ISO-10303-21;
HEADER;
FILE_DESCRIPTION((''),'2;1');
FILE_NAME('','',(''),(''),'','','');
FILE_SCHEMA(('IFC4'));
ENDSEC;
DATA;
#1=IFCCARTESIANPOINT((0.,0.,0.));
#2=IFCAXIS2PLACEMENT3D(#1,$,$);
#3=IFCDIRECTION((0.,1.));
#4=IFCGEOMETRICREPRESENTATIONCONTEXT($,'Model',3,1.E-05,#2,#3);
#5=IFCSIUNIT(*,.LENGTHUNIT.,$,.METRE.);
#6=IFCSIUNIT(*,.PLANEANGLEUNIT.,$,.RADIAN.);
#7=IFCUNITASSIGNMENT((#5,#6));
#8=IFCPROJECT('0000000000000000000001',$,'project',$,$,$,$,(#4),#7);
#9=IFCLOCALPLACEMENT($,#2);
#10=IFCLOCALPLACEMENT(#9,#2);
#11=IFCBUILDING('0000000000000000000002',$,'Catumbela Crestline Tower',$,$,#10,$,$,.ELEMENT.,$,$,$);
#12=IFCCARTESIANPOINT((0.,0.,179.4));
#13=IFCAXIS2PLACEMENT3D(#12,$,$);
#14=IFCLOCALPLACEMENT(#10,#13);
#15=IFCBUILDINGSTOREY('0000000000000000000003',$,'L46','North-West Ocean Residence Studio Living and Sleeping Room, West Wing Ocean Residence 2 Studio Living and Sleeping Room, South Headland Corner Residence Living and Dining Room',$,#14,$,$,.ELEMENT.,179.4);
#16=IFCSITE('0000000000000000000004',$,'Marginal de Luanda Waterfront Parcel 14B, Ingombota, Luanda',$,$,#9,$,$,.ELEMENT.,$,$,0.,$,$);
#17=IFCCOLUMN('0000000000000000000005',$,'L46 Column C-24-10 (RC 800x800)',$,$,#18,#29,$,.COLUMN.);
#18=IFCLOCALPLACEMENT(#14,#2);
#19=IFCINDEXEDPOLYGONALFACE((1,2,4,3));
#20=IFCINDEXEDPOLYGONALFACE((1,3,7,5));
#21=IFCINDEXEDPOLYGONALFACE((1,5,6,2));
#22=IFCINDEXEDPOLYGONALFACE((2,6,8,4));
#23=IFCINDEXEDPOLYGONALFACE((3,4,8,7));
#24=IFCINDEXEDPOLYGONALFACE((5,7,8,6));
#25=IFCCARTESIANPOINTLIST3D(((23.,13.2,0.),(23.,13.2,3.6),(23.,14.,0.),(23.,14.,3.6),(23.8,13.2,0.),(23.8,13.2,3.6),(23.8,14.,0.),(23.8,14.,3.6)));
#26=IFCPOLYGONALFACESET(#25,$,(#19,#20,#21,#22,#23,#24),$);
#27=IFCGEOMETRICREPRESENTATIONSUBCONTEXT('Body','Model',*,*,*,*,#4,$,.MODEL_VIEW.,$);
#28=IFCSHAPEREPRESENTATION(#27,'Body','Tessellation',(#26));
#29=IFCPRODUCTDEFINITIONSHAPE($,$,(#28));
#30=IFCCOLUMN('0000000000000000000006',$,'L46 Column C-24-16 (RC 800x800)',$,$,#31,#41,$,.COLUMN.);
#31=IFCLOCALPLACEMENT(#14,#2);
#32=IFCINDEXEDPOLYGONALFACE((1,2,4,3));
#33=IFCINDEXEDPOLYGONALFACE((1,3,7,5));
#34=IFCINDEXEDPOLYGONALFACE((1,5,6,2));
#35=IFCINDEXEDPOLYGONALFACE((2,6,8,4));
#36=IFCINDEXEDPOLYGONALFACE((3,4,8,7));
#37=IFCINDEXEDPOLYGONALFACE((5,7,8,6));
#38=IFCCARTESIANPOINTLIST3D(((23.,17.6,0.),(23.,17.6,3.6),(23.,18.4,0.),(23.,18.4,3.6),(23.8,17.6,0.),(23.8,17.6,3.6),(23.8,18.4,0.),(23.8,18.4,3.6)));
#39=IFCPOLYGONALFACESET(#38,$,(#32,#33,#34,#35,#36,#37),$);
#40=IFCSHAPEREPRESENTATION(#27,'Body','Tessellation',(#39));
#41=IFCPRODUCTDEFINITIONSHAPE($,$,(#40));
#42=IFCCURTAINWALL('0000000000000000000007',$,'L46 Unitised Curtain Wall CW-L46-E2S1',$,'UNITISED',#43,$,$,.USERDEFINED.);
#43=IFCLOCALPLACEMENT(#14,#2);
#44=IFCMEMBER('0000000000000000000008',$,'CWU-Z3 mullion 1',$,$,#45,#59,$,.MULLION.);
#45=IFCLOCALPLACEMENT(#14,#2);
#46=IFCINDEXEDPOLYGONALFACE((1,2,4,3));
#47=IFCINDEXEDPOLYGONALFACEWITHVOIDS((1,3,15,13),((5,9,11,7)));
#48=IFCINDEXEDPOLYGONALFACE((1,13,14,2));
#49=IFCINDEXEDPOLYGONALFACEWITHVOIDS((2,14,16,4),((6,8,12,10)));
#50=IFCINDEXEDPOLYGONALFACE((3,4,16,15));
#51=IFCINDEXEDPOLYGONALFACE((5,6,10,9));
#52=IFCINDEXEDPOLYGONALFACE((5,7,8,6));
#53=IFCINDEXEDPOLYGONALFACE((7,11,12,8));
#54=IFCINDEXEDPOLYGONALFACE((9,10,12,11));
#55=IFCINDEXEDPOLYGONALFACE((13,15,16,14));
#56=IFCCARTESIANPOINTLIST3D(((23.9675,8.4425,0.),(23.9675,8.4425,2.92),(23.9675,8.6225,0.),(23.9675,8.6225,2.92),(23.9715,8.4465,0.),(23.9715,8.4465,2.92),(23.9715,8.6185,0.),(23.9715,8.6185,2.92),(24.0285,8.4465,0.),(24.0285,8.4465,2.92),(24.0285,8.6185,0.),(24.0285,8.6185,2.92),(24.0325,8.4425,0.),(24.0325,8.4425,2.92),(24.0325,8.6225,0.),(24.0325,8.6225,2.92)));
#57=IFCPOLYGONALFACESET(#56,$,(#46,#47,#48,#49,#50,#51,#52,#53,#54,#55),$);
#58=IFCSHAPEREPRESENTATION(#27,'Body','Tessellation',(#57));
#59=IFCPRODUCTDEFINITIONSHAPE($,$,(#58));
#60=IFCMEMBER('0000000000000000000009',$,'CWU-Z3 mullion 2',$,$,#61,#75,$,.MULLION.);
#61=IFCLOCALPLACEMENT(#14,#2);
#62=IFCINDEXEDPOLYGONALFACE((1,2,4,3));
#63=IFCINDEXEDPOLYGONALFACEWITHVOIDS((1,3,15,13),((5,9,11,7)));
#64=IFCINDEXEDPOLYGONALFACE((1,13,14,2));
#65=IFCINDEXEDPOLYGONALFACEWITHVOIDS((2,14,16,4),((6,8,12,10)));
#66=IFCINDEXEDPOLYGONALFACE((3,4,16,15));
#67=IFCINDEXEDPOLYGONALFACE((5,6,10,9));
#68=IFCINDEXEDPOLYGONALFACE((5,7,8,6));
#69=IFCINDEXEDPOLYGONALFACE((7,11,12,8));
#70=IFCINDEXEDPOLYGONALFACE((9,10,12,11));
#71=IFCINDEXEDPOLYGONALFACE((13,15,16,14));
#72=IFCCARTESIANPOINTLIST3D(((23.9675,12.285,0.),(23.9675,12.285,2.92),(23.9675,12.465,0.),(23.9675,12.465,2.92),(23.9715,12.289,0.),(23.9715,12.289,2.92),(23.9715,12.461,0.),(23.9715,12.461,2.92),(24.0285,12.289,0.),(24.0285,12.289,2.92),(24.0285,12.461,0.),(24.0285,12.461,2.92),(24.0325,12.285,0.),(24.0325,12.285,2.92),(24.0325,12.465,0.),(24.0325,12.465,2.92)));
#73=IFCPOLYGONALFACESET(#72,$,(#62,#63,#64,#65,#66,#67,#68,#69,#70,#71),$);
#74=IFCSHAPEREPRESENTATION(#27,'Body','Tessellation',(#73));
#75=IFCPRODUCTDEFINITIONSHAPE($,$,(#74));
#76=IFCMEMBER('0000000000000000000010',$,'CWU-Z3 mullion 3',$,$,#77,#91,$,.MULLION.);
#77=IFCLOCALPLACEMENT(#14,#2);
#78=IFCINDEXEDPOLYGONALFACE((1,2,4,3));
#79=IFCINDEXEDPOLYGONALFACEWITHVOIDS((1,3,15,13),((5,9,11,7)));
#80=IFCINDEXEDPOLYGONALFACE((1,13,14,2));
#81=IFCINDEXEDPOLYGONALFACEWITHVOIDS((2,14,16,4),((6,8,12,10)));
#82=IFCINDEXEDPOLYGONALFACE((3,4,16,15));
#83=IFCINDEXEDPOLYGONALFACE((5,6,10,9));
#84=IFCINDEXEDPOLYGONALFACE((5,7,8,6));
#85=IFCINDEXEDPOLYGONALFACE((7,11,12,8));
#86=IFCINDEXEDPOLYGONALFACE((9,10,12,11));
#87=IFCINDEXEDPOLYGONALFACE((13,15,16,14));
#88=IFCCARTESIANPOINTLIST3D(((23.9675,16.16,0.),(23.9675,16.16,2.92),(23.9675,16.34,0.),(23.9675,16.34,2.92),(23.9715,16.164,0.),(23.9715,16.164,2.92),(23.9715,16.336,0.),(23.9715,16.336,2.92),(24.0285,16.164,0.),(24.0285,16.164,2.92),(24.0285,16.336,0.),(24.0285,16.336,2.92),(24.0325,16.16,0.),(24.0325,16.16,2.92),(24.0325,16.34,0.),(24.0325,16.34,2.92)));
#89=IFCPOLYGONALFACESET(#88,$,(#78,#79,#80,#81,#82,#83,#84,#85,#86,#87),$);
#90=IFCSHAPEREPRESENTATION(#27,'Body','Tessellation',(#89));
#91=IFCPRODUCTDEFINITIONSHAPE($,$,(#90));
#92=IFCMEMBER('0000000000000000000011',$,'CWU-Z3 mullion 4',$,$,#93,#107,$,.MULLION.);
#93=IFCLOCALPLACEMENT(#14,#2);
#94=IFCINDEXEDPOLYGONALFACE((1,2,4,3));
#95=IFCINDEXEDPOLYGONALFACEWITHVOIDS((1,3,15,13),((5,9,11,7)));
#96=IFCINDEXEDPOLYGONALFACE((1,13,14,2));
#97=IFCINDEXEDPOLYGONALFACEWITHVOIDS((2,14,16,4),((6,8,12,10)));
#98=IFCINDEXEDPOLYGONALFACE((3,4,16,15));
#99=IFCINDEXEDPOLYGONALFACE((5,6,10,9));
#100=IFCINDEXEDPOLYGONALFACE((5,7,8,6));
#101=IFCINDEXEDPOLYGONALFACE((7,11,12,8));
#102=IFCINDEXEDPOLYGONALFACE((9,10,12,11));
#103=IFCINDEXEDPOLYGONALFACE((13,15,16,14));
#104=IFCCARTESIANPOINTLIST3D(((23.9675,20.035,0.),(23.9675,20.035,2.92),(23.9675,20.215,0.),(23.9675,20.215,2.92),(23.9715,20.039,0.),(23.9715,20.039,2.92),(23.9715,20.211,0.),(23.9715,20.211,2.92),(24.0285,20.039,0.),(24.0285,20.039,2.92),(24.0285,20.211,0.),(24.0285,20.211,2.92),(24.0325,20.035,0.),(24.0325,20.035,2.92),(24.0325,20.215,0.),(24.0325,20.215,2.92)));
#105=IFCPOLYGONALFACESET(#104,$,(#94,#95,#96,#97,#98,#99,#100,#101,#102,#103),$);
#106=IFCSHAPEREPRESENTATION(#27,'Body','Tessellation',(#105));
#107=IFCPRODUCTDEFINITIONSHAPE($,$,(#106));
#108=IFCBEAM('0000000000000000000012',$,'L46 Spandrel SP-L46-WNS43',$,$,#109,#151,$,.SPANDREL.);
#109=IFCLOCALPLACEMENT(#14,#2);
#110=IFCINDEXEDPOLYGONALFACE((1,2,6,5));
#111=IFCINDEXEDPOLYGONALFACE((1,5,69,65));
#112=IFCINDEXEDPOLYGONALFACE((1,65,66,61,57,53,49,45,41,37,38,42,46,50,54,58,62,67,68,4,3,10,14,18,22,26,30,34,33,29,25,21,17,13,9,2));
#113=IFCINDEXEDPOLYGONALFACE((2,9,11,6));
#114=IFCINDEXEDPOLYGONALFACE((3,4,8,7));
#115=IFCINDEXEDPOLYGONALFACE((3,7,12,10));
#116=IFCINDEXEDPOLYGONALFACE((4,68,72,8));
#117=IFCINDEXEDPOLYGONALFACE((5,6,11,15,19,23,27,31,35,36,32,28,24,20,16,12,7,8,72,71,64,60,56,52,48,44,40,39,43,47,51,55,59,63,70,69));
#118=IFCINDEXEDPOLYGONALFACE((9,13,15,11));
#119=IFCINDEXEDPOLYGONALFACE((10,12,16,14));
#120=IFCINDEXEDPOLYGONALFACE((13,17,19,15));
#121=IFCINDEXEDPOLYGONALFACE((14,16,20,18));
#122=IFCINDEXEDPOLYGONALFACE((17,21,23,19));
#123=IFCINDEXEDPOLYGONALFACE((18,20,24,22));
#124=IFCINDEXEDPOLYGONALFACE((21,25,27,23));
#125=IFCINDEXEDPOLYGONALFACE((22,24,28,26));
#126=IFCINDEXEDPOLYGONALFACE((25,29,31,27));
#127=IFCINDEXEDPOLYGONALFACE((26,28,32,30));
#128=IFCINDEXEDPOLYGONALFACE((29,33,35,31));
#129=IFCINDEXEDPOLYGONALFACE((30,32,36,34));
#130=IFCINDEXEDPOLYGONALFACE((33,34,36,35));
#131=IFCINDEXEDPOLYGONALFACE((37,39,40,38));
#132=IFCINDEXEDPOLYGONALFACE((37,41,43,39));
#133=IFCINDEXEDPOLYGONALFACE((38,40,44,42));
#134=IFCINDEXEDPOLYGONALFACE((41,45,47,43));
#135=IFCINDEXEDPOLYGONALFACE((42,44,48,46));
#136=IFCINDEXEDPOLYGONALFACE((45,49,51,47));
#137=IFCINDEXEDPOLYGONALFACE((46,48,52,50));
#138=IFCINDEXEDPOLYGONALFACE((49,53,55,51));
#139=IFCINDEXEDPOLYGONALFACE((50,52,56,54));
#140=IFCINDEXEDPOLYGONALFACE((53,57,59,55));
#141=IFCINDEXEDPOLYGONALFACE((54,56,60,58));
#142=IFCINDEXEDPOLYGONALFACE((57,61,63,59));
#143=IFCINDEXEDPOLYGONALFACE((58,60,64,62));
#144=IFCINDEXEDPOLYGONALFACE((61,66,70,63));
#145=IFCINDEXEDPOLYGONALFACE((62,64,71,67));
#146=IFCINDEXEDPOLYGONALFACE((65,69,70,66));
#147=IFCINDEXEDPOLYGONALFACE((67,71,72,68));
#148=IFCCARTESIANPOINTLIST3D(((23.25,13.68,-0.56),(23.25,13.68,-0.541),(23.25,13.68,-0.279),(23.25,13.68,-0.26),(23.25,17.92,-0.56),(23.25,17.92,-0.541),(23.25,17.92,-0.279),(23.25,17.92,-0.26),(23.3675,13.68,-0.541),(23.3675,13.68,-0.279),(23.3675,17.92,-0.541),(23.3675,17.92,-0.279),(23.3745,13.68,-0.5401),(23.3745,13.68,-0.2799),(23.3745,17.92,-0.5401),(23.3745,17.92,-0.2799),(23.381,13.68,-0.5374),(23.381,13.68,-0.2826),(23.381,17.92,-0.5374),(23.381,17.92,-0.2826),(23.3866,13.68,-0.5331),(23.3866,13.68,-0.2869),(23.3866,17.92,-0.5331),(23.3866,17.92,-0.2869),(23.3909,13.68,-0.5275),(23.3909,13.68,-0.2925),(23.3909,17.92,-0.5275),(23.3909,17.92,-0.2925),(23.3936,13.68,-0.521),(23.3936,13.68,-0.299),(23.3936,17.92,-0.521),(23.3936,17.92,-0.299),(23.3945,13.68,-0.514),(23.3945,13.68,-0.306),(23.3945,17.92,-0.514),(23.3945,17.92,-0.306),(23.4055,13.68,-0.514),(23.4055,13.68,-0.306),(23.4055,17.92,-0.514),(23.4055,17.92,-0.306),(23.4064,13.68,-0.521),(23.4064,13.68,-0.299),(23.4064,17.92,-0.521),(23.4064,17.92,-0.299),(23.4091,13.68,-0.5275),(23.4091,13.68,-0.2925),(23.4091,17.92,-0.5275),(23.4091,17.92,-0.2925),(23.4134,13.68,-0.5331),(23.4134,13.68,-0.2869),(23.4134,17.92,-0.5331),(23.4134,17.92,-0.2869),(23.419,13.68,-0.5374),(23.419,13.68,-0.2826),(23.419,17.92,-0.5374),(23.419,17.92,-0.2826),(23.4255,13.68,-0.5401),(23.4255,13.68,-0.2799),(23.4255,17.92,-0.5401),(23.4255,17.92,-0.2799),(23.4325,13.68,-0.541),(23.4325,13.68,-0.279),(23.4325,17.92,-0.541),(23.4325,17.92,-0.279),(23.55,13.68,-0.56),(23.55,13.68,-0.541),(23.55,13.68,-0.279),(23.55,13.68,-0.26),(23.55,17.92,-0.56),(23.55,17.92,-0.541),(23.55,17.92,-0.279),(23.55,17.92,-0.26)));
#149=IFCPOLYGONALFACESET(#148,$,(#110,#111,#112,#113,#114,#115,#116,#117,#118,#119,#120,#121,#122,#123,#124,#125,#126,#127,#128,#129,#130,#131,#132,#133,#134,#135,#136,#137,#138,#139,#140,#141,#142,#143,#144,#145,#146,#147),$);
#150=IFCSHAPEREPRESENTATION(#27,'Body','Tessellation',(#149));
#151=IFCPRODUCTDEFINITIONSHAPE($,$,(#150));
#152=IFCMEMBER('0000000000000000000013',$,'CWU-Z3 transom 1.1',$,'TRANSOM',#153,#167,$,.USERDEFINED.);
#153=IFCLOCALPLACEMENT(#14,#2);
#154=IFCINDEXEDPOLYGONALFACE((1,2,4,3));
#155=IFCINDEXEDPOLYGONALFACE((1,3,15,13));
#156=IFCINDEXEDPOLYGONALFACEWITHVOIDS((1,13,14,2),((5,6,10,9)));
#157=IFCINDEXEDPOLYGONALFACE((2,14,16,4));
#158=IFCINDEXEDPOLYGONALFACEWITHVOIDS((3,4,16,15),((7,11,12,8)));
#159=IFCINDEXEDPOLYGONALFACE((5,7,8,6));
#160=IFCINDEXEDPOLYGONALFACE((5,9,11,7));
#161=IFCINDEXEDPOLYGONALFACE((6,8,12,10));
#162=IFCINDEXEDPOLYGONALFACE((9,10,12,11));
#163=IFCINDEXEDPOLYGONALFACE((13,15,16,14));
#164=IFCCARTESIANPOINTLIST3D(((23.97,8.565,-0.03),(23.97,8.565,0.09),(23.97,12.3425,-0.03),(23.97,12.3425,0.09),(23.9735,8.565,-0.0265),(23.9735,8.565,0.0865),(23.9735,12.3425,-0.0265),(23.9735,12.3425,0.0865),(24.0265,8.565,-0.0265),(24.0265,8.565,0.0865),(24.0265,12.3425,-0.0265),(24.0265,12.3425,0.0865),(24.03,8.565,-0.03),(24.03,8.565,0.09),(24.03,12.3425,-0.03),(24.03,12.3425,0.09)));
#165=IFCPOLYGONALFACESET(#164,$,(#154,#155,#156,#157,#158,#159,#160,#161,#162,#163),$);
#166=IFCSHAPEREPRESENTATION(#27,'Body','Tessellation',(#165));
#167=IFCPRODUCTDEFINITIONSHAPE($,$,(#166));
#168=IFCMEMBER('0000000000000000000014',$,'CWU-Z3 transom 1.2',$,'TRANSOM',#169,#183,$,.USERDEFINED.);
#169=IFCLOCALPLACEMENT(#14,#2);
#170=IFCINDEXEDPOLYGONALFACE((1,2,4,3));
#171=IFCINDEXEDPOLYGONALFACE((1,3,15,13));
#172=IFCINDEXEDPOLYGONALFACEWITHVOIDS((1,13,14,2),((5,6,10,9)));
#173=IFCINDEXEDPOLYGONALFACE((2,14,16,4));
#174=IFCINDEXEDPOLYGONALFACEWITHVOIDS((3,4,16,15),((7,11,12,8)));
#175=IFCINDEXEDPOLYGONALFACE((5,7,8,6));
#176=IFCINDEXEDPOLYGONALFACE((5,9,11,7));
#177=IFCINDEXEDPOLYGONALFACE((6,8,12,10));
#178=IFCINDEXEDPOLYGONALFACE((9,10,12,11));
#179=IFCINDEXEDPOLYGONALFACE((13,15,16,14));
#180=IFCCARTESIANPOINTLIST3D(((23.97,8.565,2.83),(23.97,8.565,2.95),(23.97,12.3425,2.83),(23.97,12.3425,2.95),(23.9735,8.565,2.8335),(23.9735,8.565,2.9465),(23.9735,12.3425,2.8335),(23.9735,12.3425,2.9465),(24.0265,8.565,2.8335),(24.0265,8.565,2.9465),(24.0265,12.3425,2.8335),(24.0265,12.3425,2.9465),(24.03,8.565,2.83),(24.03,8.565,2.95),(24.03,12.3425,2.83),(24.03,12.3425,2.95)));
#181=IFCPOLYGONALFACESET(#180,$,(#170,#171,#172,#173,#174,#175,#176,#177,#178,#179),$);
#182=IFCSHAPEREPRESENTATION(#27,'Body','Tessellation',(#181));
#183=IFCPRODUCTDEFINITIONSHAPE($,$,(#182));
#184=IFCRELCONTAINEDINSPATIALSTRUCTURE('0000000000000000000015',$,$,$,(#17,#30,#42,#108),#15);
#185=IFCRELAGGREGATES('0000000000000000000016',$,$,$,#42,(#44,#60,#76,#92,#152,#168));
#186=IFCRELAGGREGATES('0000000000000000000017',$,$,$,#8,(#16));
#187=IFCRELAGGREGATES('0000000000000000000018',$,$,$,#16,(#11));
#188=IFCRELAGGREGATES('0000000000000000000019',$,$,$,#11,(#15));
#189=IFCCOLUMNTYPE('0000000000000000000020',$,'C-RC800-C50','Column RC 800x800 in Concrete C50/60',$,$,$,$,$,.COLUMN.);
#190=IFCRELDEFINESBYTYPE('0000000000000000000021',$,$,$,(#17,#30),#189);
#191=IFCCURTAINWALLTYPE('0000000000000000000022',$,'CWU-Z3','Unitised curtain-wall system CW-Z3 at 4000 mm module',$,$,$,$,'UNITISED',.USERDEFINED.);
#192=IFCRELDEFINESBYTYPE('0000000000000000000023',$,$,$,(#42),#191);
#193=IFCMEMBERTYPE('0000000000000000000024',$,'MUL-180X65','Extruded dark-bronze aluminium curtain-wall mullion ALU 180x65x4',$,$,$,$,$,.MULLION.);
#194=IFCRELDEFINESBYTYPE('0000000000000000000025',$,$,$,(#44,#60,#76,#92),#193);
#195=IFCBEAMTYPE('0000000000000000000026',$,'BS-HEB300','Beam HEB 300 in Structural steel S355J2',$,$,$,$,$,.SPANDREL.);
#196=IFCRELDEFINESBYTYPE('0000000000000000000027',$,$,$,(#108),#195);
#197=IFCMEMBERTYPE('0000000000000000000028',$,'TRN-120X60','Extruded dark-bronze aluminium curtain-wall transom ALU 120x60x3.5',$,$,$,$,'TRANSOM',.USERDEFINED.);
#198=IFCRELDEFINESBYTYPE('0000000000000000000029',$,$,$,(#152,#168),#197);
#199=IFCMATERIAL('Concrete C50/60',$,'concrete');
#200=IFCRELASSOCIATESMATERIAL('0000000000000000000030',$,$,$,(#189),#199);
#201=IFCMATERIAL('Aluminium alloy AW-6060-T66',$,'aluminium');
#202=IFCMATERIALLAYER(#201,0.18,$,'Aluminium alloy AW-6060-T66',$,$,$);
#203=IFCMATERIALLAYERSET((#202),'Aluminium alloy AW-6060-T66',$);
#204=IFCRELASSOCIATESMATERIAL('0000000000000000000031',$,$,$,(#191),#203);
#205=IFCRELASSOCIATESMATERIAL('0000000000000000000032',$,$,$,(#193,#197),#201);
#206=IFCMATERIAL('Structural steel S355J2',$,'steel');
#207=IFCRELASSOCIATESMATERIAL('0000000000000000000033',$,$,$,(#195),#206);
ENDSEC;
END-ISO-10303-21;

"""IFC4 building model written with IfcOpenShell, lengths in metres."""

from ifc_helpers import new_model, si_unit, direction, frame, origin, origin_2d, place, context, subcontext, project, spatial, rectangle, hollow_rectangle, i_section, extrude, material, layer, layer_set, material_profile, profile_set, type_object, element, aggregate, save


model = new_model("IFC4")

# Units and contexts
model_context = context("Model", 3, precision=1e-05, world=origin(), true_north=direction((0.0, 1.0)))
body_context = subcontext(model_context, "Body", "Model", "MODEL_VIEW")
ifc_project = project(units=[si_unit("LENGTHUNIT", "METRE"), si_unit("PLANEANGLEUNIT", "RADIAN")], contexts=[model_context])

# Site, building, storey
site_placement = place(None, origin())
site = spatial("IfcSite", under=ifc_project, at=site_placement, Name="Marginal de Luanda Waterfront Parcel 14B, Ingombota, Luanda", CompositionType="ELEMENT", RefElevation=0.0)
building_placement = place(site_placement, origin())
building = spatial("IfcBuilding", under=site, at=building_placement, Name="Catumbela Crestline Tower", CompositionType="ELEMENT")
storey_placement = place(building_placement, frame((0.0, 0.0, 179.4)))
storey = spatial("IfcBuildingStorey", under=building, at=storey_placement, Name="L46", Description="North-West Ocean Residence Studio Living and Sleeping Room, West Wing Ocean Residence 2 Studio Living and Sleeping Room, South Headland Corner Residence Living and Dining Room", CompositionType="ELEMENT", Elevation=179.4)

# Columns
ifc_material_1 = material(Name="Concrete C50/60", Category="concrete")
ifc_material_profile_1 = material_profile(ifc_material_1, rectangle(XDim=0.8, YDim=0.8, at=origin_2d()), Name="RC 800x800")
ifc_profile_set_1 = profile_set([ifc_material_profile_1], Name="Concrete C50/60")
column_type = type_object("IfcColumnType", Name="C-RC800-C50", Description="Column RC 800x800 in Concrete C50/60", PredefinedType="COLUMN", material=ifc_profile_set_1)
for number, where, z_axis, x_axis, name in (
    (1, (23.4, 13.6, 0.0), (0.0, 0.0, 1.0), (1.0, 0.0, 0.0), "L46 Column C-24-10 (RC 800x800)"),
    (2, (23.4, 18.0, 0.0), (0.0, 0.0, 1.0), (1.0, 0.0, 0.0), "L46 Column C-24-16 (RC 800x800)"),
):
    element("IfcColumn", number, at=place(storey_placement, frame(where, z_axis=z_axis, x_axis=x_axis)), inside=storey, type_object=column_type, Name=name, PredefinedType="COLUMN", context=body_context, shape_type="SweptSolid", body=[
        extrude(rectangle(XDim=0.8, YDim=0.8, at=origin_2d()), origin(), (0.0, 0.0, 1.0), 3.6),
    ])

# Curtain wall, members
ifc_material_2 = material(Name="Aluminium alloy AW-6060-T66", Category="aluminium")
ifc_layer_1 = layer(ifc_material_2, 0.18, Name="Aluminium alloy AW-6060-T66")
ifc_layer_set_1 = layer_set([ifc_layer_1], Name="Aluminium alloy AW-6060-T66")
curtain_wall_type = type_object("IfcCurtainWallType", Name="CWU-Z3", Description="Unitised curtain-wall system CW-Z3 at 4000 mm module", ElementType="UNITISED", PredefinedType="USERDEFINED", material=ifc_layer_set_1)
curtain_wall_placement = place(storey_placement, origin())
curtain_wall = element("IfcCurtainWall", 3, at=curtain_wall_placement, inside=storey, type_object=curtain_wall_type, Name="L46 Unitised Curtain Wall CW-L46-E2S1", ObjectType="UNITISED", PredefinedType="USERDEFINED")
ifc_material_profile_2 = material_profile(ifc_material_2, hollow_rectangle(XDim=0.065, YDim=0.18, WallThickness=0.004, at=origin_2d()), Name="ALU 180x65x4")
ifc_profile_set_2 = profile_set([ifc_material_profile_2], Name="Aluminium alloy AW-6060-T66")
member_type_1 = type_object("IfcMemberType", Name="MUL-180X65", Description="Extruded dark-bronze aluminium curtain-wall mullion ALU 180x65x4", PredefinedType="MULLION", material=ifc_profile_set_2)
member_1_placement = place(storey_placement, frame((24.0, 8.5325, 0.0), z_axis=(0.0, 0.0, 1.0), x_axis=(-1.0, 0.0, 0.0)))
member_1 = element("IfcMember", 4, at=member_1_placement, type_object=member_type_1, Name="CWU-Z3 mullion 1", PredefinedType="MULLION", context=body_context, shape_type="SweptSolid", body=[
    extrude(hollow_rectangle(XDim=0.065, YDim=0.18, WallThickness=0.004, at=origin_2d()), origin(), (0.0, 0.0, 1.0), 2.92),
])
member_2_placement = place(storey_placement, frame((24.0, 12.375, 0.0), z_axis=(0.0, 0.0, 1.0), x_axis=(-1.0, 0.0, 0.0)))
member_2 = element("IfcMember", 5, at=member_2_placement, type_object=member_type_1, Name="CWU-Z3 mullion 2", PredefinedType="MULLION", context=body_context, shape_type="SweptSolid", body=[
    extrude(hollow_rectangle(XDim=0.065, YDim=0.18, WallThickness=0.004, at=origin_2d()), origin(), (0.0, 0.0, 1.0), 2.92),
])
member_3_placement = place(storey_placement, frame((24.0, 16.25, 0.0), z_axis=(0.0, 0.0, 1.0), x_axis=(-1.0, 0.0, 0.0)))
member_3 = element("IfcMember", 6, at=member_3_placement, type_object=member_type_1, Name="CWU-Z3 mullion 3", PredefinedType="MULLION", context=body_context, shape_type="SweptSolid", body=[
    extrude(hollow_rectangle(XDim=0.065, YDim=0.18, WallThickness=0.004, at=origin_2d()), origin(), (0.0, 0.0, 1.0), 2.92),
])
member_4_placement = place(storey_placement, frame((24.0, 20.125, 0.0), z_axis=(0.0, 0.0, 1.0), x_axis=(-1.0, 0.0, 0.0)))
member_4 = element("IfcMember", 7, at=member_4_placement, type_object=member_type_1, Name="CWU-Z3 mullion 4", PredefinedType="MULLION", context=body_context, shape_type="SweptSolid", body=[
    extrude(hollow_rectangle(XDim=0.065, YDim=0.18, WallThickness=0.004, at=origin_2d()), origin(), (0.0, 0.0, 1.0), 2.92),
])

# Beam
ifc_material_3 = material(Name="Structural steel S355J2", Category="steel")
ifc_material_profile_3 = material_profile(ifc_material_3, i_section(OverallWidth=0.3, OverallDepth=0.3, WebThickness=0.011, FlangeThickness=0.019, FilletRadius=0.027, at=origin_2d()), Name="HEB 300")
ifc_profile_set_3 = profile_set([ifc_material_profile_3], Name="Structural steel S355J2")
beam_type = type_object("IfcBeamType", Name="BS-HEB300", Description="Beam HEB 300 in Structural steel S355J2", PredefinedType="SPANDREL", material=ifc_profile_set_3)
beam_placement = place(storey_placement, frame((23.4, 13.68, -0.41), z_axis=(0.0, 1.0, 0.0), x_axis=(-1.0, 0.0, 0.0)))
element("IfcBeam", 8, at=beam_placement, inside=storey, type_object=beam_type, Name="L46 Spandrel SP-L46-WNS43", PredefinedType="SPANDREL", context=body_context, shape_type="SweptSolid", body=[
    extrude(i_section(OverallWidth=0.3, OverallDepth=0.3, WebThickness=0.011, FlangeThickness=0.019, FilletRadius=0.027, at=origin_2d()), origin(), (0.0, 0.0, 1.0), 4.24),
])

# Members
ifc_material_profile_4 = material_profile(ifc_material_2, hollow_rectangle(XDim=0.06, YDim=0.12, WallThickness=0.0035, at=origin_2d()), Name="ALU 120x60x3.5")
ifc_profile_set_4 = profile_set([ifc_material_profile_4], Name="Aluminium alloy AW-6060-T66")
member_type_2 = type_object("IfcMemberType", Name="TRN-120X60", Description="Extruded dark-bronze aluminium curtain-wall transom ALU 120x60x3.5", ElementType="TRANSOM", PredefinedType="USERDEFINED", material=ifc_profile_set_4)
member_5_placement = place(storey_placement, frame((24.0, 8.565, 0.03), z_axis=(0.0, 1.0, 0.0), x_axis=(-1.0, 0.0, 0.0)))
member_5 = element("IfcMember", 9, at=member_5_placement, type_object=member_type_2, Name="CWU-Z3 transom 1.1", ObjectType="TRANSOM", PredefinedType="USERDEFINED", context=body_context, shape_type="SweptSolid", body=[
    extrude(hollow_rectangle(XDim=0.06, YDim=0.12, WallThickness=0.0035, at=origin_2d()), origin(), (0.0, 0.0, 1.0), 3.7775),
])
member_6_placement = place(storey_placement, frame((24.0, 8.565, 2.89), z_axis=(0.0, 1.0, 0.0), x_axis=(-1.0, 0.0, 0.0)))
member_6 = element("IfcMember", 10, at=member_6_placement, type_object=member_type_2, Name="CWU-Z3 transom 1.2", ObjectType="TRANSOM", PredefinedType="USERDEFINED", context=body_context, shape_type="SweptSolid", body=[
    extrude(hollow_rectangle(XDim=0.06, YDim=0.12, WallThickness=0.0035, at=origin_2d()), origin(), (0.0, 0.0, 1.0), 3.7775),
])

aggregate(curtain_wall, [member_1, member_2, member_3, member_4, member_5, member_6])

save(model, "model.ifc")
